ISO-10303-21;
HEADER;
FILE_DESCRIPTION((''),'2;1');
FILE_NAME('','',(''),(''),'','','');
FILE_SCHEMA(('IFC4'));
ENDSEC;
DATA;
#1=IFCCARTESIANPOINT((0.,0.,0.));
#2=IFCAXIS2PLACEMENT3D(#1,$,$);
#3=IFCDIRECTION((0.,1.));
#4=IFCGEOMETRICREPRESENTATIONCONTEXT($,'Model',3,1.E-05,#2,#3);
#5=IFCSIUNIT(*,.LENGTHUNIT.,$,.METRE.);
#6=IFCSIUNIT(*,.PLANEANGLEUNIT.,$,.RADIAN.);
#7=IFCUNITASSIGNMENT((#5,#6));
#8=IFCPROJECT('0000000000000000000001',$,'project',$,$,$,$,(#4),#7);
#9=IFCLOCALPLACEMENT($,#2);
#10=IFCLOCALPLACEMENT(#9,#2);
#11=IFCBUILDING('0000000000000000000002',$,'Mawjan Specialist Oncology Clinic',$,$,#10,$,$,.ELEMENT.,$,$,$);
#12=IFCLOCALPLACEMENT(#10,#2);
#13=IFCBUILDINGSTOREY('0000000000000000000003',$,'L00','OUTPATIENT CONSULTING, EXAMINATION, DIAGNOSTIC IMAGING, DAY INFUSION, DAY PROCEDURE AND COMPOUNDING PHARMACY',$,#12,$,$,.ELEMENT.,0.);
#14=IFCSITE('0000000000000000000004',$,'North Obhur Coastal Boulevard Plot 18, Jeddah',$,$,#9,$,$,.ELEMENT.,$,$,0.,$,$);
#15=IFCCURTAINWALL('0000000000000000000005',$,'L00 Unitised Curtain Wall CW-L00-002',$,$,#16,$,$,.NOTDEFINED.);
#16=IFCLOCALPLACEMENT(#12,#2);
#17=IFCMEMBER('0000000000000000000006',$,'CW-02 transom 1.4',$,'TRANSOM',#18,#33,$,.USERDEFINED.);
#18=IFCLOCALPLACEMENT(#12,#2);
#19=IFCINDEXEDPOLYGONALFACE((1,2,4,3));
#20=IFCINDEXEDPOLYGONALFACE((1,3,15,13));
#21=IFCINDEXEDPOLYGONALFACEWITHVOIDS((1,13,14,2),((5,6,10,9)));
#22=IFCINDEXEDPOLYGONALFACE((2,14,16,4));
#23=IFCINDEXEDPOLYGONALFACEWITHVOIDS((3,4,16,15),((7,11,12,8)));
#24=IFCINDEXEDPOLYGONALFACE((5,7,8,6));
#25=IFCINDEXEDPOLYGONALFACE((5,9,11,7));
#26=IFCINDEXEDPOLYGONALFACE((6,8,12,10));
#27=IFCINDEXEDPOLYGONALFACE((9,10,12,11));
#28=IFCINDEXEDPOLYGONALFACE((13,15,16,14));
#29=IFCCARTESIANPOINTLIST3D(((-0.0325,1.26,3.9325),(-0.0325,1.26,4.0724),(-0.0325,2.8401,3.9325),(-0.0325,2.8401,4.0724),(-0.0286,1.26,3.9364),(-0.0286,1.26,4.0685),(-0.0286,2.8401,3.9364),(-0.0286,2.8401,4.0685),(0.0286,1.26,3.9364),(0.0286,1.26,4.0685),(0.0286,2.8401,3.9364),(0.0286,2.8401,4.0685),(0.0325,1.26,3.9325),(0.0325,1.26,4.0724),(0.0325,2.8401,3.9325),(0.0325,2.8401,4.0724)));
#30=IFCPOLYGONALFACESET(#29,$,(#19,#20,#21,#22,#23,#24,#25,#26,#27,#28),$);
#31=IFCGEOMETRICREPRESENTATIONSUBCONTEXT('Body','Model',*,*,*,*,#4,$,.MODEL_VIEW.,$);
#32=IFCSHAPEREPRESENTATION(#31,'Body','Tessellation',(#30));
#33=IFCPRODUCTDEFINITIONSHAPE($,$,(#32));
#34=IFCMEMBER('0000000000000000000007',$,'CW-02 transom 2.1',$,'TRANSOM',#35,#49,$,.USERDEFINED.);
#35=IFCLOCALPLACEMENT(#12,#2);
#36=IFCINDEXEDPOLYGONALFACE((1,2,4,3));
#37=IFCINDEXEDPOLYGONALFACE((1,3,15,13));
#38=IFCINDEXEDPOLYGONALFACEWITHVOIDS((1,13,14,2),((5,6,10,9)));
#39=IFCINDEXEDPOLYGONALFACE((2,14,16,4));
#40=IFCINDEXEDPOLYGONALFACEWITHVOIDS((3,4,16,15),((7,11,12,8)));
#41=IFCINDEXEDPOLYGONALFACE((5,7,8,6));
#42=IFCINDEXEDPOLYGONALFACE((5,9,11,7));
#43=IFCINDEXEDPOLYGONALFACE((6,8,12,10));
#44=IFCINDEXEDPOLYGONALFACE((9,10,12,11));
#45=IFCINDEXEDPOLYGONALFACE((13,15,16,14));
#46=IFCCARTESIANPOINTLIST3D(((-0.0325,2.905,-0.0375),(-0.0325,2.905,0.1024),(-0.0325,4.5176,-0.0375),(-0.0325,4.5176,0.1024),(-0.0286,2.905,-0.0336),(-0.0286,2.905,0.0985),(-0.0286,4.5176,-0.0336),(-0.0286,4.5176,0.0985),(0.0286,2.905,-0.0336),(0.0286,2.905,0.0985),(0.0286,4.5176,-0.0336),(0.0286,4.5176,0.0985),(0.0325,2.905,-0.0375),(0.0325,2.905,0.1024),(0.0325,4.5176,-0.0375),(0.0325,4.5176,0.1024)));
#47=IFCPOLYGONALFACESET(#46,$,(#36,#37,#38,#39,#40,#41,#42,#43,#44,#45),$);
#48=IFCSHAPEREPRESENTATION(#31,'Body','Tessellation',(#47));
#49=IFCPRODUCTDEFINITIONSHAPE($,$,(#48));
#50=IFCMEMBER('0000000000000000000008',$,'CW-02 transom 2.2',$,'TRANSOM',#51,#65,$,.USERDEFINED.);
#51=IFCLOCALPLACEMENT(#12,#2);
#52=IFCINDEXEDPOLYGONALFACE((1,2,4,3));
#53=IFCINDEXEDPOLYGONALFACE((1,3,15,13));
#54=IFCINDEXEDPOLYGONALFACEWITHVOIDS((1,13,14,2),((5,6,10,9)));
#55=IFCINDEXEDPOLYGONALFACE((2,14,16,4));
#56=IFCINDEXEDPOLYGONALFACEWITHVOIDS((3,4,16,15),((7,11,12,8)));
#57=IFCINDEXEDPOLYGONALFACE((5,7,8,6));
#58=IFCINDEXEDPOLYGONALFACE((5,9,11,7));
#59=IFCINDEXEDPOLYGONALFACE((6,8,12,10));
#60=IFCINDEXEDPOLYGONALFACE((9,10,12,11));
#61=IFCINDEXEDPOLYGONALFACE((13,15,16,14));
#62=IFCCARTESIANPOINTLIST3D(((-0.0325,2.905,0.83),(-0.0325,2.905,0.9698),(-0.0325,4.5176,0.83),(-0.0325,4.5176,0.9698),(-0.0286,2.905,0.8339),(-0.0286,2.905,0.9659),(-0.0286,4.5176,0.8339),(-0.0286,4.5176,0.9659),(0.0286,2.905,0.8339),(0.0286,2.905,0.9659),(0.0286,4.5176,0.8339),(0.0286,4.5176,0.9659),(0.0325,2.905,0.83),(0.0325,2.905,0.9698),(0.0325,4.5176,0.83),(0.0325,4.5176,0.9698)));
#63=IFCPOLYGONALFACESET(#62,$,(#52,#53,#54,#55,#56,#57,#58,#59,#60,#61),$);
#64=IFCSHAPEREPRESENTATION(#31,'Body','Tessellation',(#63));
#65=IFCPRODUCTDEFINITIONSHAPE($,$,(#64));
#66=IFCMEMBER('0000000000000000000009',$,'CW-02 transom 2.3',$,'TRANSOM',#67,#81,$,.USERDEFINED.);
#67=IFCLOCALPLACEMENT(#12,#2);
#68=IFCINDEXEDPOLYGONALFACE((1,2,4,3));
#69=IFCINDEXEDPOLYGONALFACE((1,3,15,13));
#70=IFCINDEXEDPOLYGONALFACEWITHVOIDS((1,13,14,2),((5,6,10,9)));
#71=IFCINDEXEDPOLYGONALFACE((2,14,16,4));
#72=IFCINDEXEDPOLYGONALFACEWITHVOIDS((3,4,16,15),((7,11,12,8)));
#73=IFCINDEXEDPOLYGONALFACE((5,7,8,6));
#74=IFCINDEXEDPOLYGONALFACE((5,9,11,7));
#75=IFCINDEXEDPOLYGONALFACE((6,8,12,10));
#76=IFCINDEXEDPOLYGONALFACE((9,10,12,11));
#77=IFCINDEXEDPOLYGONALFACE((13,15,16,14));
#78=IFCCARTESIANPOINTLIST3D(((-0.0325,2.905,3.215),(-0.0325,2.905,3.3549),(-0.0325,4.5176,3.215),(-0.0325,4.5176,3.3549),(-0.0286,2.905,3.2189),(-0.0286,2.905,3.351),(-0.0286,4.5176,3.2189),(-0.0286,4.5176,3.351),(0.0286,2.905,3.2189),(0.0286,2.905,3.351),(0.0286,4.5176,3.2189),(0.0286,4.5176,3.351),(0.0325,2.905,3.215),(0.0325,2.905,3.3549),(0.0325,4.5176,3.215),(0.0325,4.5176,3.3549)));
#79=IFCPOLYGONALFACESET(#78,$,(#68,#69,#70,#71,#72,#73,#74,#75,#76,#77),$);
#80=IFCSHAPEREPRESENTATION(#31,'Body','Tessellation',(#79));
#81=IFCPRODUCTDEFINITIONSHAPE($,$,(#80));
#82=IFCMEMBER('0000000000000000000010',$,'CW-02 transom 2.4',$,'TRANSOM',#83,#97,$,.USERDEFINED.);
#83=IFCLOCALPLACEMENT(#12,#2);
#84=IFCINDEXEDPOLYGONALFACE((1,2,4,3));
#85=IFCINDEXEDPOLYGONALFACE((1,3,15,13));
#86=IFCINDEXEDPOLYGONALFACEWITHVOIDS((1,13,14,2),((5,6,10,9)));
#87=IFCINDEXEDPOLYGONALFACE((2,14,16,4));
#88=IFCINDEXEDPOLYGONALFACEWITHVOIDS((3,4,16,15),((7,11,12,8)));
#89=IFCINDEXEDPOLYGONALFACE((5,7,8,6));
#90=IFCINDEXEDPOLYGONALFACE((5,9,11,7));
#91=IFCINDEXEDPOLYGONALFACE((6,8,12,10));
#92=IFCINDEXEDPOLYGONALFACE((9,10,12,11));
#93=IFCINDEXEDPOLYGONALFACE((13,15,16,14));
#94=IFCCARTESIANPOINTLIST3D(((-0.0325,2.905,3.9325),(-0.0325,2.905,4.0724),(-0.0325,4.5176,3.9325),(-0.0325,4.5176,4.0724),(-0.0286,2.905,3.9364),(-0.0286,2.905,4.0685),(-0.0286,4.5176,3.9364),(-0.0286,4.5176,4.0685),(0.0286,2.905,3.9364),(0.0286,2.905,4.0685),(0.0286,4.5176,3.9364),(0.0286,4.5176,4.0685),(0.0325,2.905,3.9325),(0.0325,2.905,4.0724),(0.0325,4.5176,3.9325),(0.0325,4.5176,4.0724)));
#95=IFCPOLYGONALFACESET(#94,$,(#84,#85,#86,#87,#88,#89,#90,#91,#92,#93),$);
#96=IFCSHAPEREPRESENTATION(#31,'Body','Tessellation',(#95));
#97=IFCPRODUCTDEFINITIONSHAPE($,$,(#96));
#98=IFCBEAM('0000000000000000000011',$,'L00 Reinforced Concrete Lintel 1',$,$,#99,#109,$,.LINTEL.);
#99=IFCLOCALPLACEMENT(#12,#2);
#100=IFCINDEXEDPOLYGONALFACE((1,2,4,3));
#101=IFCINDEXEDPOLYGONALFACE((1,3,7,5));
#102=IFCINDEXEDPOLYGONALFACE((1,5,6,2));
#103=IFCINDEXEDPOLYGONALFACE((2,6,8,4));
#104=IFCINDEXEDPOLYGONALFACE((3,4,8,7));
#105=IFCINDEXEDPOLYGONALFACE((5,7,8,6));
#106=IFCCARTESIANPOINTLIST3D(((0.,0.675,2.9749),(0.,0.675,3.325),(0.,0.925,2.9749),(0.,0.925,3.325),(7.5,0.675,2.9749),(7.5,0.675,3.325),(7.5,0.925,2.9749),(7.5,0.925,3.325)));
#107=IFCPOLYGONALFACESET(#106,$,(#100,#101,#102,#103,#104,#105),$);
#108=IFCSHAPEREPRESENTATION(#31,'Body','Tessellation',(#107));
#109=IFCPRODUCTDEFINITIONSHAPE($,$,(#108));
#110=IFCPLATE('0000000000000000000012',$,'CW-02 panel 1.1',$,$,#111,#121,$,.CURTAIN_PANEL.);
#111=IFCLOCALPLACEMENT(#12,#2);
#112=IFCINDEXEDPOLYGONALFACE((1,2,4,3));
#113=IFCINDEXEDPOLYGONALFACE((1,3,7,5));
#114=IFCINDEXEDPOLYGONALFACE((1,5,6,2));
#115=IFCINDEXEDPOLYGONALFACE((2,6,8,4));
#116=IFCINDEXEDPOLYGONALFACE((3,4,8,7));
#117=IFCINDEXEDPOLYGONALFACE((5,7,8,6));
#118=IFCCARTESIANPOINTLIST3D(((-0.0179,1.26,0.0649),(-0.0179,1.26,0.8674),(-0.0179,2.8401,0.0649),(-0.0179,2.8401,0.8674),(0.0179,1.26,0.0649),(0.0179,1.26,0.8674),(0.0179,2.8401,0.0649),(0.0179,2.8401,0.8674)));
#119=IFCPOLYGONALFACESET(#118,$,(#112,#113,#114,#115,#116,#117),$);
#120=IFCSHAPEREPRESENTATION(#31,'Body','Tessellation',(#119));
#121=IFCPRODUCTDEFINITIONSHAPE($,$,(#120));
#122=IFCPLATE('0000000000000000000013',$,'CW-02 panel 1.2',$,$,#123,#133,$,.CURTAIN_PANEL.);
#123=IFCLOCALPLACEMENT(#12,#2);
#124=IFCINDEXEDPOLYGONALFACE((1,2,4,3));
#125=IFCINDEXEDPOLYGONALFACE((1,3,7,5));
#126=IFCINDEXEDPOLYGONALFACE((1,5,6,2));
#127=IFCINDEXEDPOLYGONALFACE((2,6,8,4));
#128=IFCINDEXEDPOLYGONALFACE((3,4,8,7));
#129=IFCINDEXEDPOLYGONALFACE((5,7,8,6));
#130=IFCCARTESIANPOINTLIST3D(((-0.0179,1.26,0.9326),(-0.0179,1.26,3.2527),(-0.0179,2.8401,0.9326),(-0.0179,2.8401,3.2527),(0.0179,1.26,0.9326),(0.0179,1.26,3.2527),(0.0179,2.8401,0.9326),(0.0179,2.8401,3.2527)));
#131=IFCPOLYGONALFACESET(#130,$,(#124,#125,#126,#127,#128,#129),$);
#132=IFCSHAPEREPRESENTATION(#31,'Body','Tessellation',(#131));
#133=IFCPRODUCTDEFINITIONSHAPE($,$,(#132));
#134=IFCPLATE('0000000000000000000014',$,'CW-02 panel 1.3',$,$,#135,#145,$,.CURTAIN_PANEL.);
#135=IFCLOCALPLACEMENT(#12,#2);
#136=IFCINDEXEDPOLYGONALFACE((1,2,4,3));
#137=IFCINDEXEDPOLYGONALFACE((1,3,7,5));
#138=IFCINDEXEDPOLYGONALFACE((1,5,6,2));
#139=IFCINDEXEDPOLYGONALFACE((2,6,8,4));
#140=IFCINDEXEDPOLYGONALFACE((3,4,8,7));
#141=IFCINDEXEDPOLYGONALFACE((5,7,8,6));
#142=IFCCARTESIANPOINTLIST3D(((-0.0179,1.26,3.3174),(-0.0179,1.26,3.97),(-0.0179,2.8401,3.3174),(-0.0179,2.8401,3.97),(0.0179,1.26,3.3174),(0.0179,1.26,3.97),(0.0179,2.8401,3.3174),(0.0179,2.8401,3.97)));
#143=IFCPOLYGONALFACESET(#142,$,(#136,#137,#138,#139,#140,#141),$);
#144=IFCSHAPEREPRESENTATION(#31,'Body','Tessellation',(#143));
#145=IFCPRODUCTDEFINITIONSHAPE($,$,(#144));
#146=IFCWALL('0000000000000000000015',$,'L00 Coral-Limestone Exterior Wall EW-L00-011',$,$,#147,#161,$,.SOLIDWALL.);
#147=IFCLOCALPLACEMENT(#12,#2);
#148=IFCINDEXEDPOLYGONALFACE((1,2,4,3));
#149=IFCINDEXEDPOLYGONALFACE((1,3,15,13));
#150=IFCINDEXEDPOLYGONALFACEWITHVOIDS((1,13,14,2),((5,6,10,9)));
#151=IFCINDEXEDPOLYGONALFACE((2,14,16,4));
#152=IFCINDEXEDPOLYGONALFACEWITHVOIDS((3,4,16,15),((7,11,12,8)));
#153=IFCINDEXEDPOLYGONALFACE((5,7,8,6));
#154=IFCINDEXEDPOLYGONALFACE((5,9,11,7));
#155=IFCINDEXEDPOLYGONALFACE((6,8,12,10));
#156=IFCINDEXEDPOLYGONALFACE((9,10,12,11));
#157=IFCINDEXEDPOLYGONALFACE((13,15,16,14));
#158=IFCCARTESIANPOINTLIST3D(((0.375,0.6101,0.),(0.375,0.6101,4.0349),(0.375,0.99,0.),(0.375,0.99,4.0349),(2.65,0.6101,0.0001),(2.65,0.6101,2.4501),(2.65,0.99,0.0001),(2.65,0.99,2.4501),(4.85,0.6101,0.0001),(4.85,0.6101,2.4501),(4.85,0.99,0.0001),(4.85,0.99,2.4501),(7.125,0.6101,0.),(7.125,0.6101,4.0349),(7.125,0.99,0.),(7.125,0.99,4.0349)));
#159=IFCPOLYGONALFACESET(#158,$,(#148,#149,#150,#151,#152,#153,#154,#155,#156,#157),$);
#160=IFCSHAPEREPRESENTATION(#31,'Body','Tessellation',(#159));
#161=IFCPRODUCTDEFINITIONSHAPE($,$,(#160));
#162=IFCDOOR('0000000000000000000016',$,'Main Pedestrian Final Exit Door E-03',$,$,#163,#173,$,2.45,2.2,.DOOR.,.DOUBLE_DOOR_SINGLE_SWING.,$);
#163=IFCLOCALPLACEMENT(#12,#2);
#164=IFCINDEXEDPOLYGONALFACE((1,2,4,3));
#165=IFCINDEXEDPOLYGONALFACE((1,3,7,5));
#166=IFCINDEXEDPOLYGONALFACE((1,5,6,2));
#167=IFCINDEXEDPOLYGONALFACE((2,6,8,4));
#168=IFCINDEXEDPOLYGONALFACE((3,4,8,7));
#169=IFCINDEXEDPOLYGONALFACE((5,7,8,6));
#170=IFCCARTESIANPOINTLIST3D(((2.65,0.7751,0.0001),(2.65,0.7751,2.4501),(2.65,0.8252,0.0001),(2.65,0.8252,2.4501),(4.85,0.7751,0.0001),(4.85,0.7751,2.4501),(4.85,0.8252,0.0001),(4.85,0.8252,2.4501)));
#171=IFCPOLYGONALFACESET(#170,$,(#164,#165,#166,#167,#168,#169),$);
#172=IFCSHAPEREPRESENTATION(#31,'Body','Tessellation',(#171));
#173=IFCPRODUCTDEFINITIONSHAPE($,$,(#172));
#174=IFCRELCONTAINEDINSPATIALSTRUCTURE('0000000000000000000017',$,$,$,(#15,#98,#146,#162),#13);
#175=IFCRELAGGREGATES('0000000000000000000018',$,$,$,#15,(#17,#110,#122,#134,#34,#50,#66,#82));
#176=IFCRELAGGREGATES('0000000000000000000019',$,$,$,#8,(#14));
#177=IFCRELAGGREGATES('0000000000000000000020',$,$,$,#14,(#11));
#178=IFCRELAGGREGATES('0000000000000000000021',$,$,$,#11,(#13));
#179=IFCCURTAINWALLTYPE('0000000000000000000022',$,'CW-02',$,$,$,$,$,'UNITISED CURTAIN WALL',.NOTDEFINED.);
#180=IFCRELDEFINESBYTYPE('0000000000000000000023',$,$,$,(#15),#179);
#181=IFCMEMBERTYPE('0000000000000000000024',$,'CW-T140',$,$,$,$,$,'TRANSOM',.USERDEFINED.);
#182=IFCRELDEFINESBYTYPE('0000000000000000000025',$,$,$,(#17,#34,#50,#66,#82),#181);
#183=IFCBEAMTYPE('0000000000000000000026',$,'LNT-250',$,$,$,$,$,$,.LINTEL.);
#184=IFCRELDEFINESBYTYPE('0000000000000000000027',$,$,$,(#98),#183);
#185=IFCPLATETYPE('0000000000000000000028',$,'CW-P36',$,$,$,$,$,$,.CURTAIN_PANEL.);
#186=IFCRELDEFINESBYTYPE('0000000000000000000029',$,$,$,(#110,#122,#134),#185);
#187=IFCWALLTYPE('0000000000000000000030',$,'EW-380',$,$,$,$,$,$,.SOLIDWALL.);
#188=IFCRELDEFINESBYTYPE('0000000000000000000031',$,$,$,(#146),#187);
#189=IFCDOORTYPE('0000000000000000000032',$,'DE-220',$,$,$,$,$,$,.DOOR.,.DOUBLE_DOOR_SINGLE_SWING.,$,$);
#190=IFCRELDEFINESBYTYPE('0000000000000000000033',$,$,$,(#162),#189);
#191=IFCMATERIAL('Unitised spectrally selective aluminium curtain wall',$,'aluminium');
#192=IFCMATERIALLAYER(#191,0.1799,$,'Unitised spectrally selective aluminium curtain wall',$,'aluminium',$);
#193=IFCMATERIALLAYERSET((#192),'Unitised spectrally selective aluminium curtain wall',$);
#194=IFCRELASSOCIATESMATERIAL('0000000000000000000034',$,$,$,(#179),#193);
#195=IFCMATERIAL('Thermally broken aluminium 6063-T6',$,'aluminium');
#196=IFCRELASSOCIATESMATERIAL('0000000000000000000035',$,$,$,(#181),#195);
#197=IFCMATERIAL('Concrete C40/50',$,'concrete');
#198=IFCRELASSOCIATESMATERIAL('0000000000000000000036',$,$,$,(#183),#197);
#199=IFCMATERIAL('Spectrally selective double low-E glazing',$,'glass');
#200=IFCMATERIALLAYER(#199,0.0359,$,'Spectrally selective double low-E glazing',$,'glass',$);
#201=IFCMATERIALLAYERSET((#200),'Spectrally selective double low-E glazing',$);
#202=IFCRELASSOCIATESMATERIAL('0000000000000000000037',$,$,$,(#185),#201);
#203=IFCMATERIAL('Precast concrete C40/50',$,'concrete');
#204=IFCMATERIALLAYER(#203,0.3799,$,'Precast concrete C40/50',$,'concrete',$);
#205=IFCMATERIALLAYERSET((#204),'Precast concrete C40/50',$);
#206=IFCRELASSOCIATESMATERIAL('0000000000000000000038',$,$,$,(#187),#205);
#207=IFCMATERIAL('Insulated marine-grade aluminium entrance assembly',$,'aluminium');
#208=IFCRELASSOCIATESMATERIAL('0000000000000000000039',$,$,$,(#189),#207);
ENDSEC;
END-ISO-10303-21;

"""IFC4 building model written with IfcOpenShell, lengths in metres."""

from ifc_helpers import new_model, si_unit, direction, frame, frame_2d, origin, origin_2d, place, context, subcontext, project, spatial, rectangle, hollow_rectangle, extrude, material, layer, layer_set, material_profile, profile_set, type_object, element, fill, aggregate, save


model = new_model("IFC4")

# Units and contexts
model_context = context("Model", 3, precision=1e-05, world=origin(), true_north=direction((0.0, 1.0)))
body_context = subcontext(model_context, "Body", "Model", "MODEL_VIEW")
ifc_project = project(units=[si_unit("LENGTHUNIT", "METRE"), si_unit("PLANEANGLEUNIT", "RADIAN")], contexts=[model_context])

# Site, building, storey
site_placement = place(None, origin())
site = spatial("IfcSite", under=ifc_project, at=site_placement, Name="North Obhur Coastal Boulevard Plot 18, Jeddah", CompositionType="ELEMENT", RefElevation=0.0)
building_placement = place(site_placement, origin())
building = spatial("IfcBuilding", under=site, at=building_placement, Name="Mawjan Specialist Oncology Clinic", CompositionType="ELEMENT")
storey_placement = place(building_placement, origin())
storey = spatial("IfcBuildingStorey", under=building, at=storey_placement, Name="L00", Description="OUTPATIENT CONSULTING, EXAMINATION, DIAGNOSTIC IMAGING, DAY INFUSION, DAY PROCEDURE AND COMPOUNDING PHARMACY", CompositionType="ELEMENT", Elevation=0.0)

# Curtain wall, members
ifc_material_1 = material(Name="Unitised spectrally selective aluminium curtain wall", Category="aluminium")
ifc_layer_1 = layer(ifc_material_1, 0.1799, Name="Unitised spectrally selective aluminium curtain wall", Category="aluminium")
ifc_layer_set_1 = layer_set([ifc_layer_1], Name="Unitised spectrally selective aluminium curtain wall")
curtain_wall_type = type_object("IfcCurtainWallType", Name="CW-02", ElementType="UNITISED CURTAIN WALL", PredefinedType="NOTDEFINED", material=ifc_layer_set_1)
curtain_wall_placement = place(storey_placement, origin())
curtain_wall = element("IfcCurtainWall", 1, at=curtain_wall_placement, inside=storey, type_object=curtain_wall_type, Name="L00 Unitised Curtain Wall CW-L00-002", PredefinedType="NOTDEFINED")
ifc_material_2 = material(Name="Thermally broken aluminium 6063-T6", Category="aluminium")
ifc_material_profile_1 = material_profile(ifc_material_2, hollow_rectangle(XDim=0.0649, YDim=0.1399, WallThickness=0.0039, at=origin_2d()), Name="ALU TRANSOM 140x65x4", Category="aluminium")
ifc_profile_set_1 = profile_set([ifc_material_profile_1], Name="Thermally broken aluminium 6063-T6")
member_type_1 = type_object("IfcMemberType", Name="CW-T140", ElementType="TRANSOM", PredefinedType="USERDEFINED", material=ifc_profile_set_1)
member_1_placement = place(storey_placement, frame((0.0, 1.26, 4.0024), z_axis=(0.0, 1.0, 0.0), x_axis=(-1.0, 0.0, 0.0)))
member_1 = element("IfcMember", 2, at=member_1_placement, type_object=member_type_1, Name="CW-02 transom 1.4", ObjectType="TRANSOM", PredefinedType="USERDEFINED", context=body_context, shape_type="SweptSolid", body=[
    extrude(hollow_rectangle(XDim=0.0649, YDim=0.1399, WallThickness=0.0039, at=origin_2d()), origin(), (0.0, 0.0, 1.0), 1.5801),
])
member_2_placement = place(storey_placement, frame((0.0, 2.905, 0.0325), z_axis=(0.0, 1.0, 0.0), x_axis=(-1.0, 0.0, 0.0)))
member_2 = element("IfcMember", 3, at=member_2_placement, type_object=member_type_1, Name="CW-02 transom 2.1", ObjectType="TRANSOM", PredefinedType="USERDEFINED", context=body_context, shape_type="SweptSolid", body=[
    extrude(hollow_rectangle(XDim=0.0649, YDim=0.1399, WallThickness=0.0039, at=origin_2d()), origin(), (0.0, 0.0, 1.0), 1.6125),
])
member_3_placement = place(storey_placement, frame((0.0, 2.905, 0.8999), z_axis=(0.0, 1.0, 0.0), x_axis=(-1.0, 0.0, 0.0)))
member_3 = element("IfcMember", 4, at=member_3_placement, type_object=member_type_1, Name="CW-02 transom 2.2", ObjectType="TRANSOM", PredefinedType="USERDEFINED", context=body_context, shape_type="SweptSolid", body=[
    extrude(hollow_rectangle(XDim=0.0649, YDim=0.1399, WallThickness=0.0039, at=origin_2d()), origin(), (0.0, 0.0, 1.0), 1.6125),
])
member_4_placement = place(storey_placement, frame((0.0, 2.905, 3.2849), z_axis=(0.0, 1.0, 0.0), x_axis=(-1.0, 0.0, 0.0)))
member_4 = element("IfcMember", 5, at=member_4_placement, type_object=member_type_1, Name="CW-02 transom 2.3", ObjectType="TRANSOM", PredefinedType="USERDEFINED", context=body_context, shape_type="SweptSolid", body=[
    extrude(hollow_rectangle(XDim=0.0649, YDim=0.1399, WallThickness=0.0039, at=origin_2d()), origin(), (0.0, 0.0, 1.0), 1.6125),
])
member_5_placement = place(storey_placement, frame((0.0, 2.905, 4.0024), z_axis=(0.0, 1.0, 0.0), x_axis=(-1.0, 0.0, 0.0)))
member_5 = element("IfcMember", 6, at=member_5_placement, type_object=member_type_1, Name="CW-02 transom 2.4", ObjectType="TRANSOM", PredefinedType="USERDEFINED", context=body_context, shape_type="SweptSolid", body=[
    extrude(hollow_rectangle(XDim=0.0649, YDim=0.1399, WallThickness=0.0039, at=origin_2d()), origin(), (0.0, 0.0, 1.0), 1.6125),
])

# Beam
ifc_material_3 = material(Name="Concrete C40/50", Category="concrete")
ifc_material_profile_2 = material_profile(ifc_material_3, rectangle(XDim=0.25, YDim=0.3501, at=origin_2d()), Name="RC LINTEL 250x350", Category="concrete")
ifc_profile_set_2 = profile_set([ifc_material_profile_2], Name="Concrete C40/50")
beam_type = type_object("IfcBeamType", Name="LNT-250", PredefinedType="LINTEL", material=ifc_profile_set_2)
beam_placement = place(storey_placement, frame((0.0, 0.8, 3.1499), z_axis=(1.0, 0.0, 0.0), x_axis=(0.0, 1.0, 0.0)))
element("IfcBeam", 7, at=beam_placement, inside=storey, type_object=beam_type, Name="L00 Reinforced Concrete Lintel 1", PredefinedType="LINTEL", context=body_context, shape_type="SweptSolid", body=[
    extrude(rectangle(XDim=0.25, YDim=0.3501, at=origin_2d()), origin(), (0.0, 0.0, 1.0), 7.5),
])

# Plates
ifc_material_4 = material(Name="Spectrally selective double low-E glazing", Category="glass")
ifc_layer_2 = layer(ifc_material_4, 0.0359, Name="Spectrally selective double low-E glazing", Category="glass")
ifc_layer_set_2 = layer_set([ifc_layer_2], Name="Spectrally selective double low-E glazing")
plate_type = type_object("IfcPlateType", Name="CW-P36", PredefinedType="CURTAIN_PANEL", material=ifc_layer_set_2)
plate_1_placement = place(storey_placement, frame((0.0, 2.05, 0.0649), z_axis=(0.0, 0.0, 1.0), x_axis=(0.0, 1.0, 0.0)))
plate_1 = element("IfcPlate", 8, at=plate_1_placement, type_object=plate_type, Name="CW-02 panel 1.1", PredefinedType="CURTAIN_PANEL", context=body_context, shape_type="SweptSolid", body=[
    extrude(rectangle(XDim=1.5801, YDim=0.0359, at=origin_2d()), origin(), (0.0, 0.0, 1.0), 0.8025),
])
plate_2_placement = place(storey_placement, frame((0.0, 2.05, 0.9326), z_axis=(0.0, 0.0, 1.0), x_axis=(0.0, 1.0, 0.0)))
plate_2 = element("IfcPlate", 9, at=plate_2_placement, type_object=plate_type, Name="CW-02 panel 1.2", PredefinedType="CURTAIN_PANEL", context=body_context, shape_type="SweptSolid", body=[
    extrude(rectangle(XDim=1.5801, YDim=0.0359, at=origin_2d()), origin(), (0.0, 0.0, 1.0), 2.3201),
])
plate_3_placement = place(storey_placement, frame((0.0, 2.05, 3.3174), z_axis=(0.0, 0.0, 1.0), x_axis=(0.0, 1.0, 0.0)))
plate_3 = element("IfcPlate", 10, at=plate_3_placement, type_object=plate_type, Name="CW-02 panel 1.3", PredefinedType="CURTAIN_PANEL", context=body_context, shape_type="SweptSolid", body=[
    extrude(rectangle(XDim=1.5801, YDim=0.0359, at=origin_2d()), origin(), (0.0, 0.0, 1.0), 0.6526),
])
aggregate(curtain_wall, [member_1, plate_1, plate_2, plate_3, member_2, member_3, member_4, member_5])

# Wall, opening, door
ifc_material_5 = material(Name="Precast concrete C40/50", Category="concrete")
ifc_layer_3 = layer(ifc_material_5, 0.3799, Name="Precast concrete C40/50", Category="concrete")
ifc_layer_set_3 = layer_set([ifc_layer_3], Name="Precast concrete C40/50")
wall_type_1 = type_object("IfcWallType", Name="EW-380", PredefinedType="SOLIDWALL", material=ifc_layer_set_3)
wall_1_placement = place(storey_placement, frame((7.125, 0.8, 0.0), z_axis=(0.0, 0.0, 1.0), x_axis=(-1.0, 0.0, 0.0)))
wall_1 = element("IfcWall", 11, at=wall_1_placement, inside=storey, type_object=wall_type_1, Name="L00 Coral-Limestone Exterior Wall EW-L00-011", PredefinedType="SOLIDWALL", context=body_context, shape_type="SweptSolid", body=[
    extrude(rectangle(XDim=6.75, YDim=0.3799, at=frame_2d((3.375, 0.0))), origin(), (0.0, 0.0, 1.0), 4.0349),
])
opening_placement = place(wall_1_placement, frame((2.2749, 0.0, 0.0)))
opening = element("IfcOpeningElement", 12, at=opening_placement, cuts=wall_1, PredefinedType="OPENING", context=body_context, shape_type="SweptSolid", body=[
    extrude(rectangle(XDim=2.2, YDim=2.45, at=frame_2d((1.1001, 1.2251))), frame((0.0, 0.2019, 0.0), z_axis=(0.0, -1.0, 0.0), x_axis=(1.0, 0.0, 0.0)), (0.0, 0.0, 1.0), 0.4038),
])
ifc_material_6 = material(Name="Insulated marine-grade aluminium entrance assembly", Category="aluminium")
door_type = type_object("IfcDoorType", Name="DE-220", OperationType="DOUBLE_DOOR_SINGLE_SWING", PredefinedType="DOOR", material=ifc_material_6)
door_placement = place(opening_placement, origin())
door = element("IfcDoor", 13, at=door_placement, inside=storey, type_object=door_type, Name="Main Pedestrian Final Exit Door E-03", OperationType="DOUBLE_DOOR_SINGLE_SWING", OverallHeight=2.45, OverallWidth=2.2, PredefinedType="DOOR", context=body_context, shape_type="SweptSolid", body=[
    extrude(rectangle(XDim=2.2, YDim=2.45, at=frame_2d((1.1001, 1.2251))), frame((0.0, 0.0249, 0.0), z_axis=(0.0, -1.0, 0.0), x_axis=(1.0, 0.0, 0.0)), (0.0, 0.0, 1.0), 0.05),
])
fill(opening, door)

save(model, "model.ifc")
